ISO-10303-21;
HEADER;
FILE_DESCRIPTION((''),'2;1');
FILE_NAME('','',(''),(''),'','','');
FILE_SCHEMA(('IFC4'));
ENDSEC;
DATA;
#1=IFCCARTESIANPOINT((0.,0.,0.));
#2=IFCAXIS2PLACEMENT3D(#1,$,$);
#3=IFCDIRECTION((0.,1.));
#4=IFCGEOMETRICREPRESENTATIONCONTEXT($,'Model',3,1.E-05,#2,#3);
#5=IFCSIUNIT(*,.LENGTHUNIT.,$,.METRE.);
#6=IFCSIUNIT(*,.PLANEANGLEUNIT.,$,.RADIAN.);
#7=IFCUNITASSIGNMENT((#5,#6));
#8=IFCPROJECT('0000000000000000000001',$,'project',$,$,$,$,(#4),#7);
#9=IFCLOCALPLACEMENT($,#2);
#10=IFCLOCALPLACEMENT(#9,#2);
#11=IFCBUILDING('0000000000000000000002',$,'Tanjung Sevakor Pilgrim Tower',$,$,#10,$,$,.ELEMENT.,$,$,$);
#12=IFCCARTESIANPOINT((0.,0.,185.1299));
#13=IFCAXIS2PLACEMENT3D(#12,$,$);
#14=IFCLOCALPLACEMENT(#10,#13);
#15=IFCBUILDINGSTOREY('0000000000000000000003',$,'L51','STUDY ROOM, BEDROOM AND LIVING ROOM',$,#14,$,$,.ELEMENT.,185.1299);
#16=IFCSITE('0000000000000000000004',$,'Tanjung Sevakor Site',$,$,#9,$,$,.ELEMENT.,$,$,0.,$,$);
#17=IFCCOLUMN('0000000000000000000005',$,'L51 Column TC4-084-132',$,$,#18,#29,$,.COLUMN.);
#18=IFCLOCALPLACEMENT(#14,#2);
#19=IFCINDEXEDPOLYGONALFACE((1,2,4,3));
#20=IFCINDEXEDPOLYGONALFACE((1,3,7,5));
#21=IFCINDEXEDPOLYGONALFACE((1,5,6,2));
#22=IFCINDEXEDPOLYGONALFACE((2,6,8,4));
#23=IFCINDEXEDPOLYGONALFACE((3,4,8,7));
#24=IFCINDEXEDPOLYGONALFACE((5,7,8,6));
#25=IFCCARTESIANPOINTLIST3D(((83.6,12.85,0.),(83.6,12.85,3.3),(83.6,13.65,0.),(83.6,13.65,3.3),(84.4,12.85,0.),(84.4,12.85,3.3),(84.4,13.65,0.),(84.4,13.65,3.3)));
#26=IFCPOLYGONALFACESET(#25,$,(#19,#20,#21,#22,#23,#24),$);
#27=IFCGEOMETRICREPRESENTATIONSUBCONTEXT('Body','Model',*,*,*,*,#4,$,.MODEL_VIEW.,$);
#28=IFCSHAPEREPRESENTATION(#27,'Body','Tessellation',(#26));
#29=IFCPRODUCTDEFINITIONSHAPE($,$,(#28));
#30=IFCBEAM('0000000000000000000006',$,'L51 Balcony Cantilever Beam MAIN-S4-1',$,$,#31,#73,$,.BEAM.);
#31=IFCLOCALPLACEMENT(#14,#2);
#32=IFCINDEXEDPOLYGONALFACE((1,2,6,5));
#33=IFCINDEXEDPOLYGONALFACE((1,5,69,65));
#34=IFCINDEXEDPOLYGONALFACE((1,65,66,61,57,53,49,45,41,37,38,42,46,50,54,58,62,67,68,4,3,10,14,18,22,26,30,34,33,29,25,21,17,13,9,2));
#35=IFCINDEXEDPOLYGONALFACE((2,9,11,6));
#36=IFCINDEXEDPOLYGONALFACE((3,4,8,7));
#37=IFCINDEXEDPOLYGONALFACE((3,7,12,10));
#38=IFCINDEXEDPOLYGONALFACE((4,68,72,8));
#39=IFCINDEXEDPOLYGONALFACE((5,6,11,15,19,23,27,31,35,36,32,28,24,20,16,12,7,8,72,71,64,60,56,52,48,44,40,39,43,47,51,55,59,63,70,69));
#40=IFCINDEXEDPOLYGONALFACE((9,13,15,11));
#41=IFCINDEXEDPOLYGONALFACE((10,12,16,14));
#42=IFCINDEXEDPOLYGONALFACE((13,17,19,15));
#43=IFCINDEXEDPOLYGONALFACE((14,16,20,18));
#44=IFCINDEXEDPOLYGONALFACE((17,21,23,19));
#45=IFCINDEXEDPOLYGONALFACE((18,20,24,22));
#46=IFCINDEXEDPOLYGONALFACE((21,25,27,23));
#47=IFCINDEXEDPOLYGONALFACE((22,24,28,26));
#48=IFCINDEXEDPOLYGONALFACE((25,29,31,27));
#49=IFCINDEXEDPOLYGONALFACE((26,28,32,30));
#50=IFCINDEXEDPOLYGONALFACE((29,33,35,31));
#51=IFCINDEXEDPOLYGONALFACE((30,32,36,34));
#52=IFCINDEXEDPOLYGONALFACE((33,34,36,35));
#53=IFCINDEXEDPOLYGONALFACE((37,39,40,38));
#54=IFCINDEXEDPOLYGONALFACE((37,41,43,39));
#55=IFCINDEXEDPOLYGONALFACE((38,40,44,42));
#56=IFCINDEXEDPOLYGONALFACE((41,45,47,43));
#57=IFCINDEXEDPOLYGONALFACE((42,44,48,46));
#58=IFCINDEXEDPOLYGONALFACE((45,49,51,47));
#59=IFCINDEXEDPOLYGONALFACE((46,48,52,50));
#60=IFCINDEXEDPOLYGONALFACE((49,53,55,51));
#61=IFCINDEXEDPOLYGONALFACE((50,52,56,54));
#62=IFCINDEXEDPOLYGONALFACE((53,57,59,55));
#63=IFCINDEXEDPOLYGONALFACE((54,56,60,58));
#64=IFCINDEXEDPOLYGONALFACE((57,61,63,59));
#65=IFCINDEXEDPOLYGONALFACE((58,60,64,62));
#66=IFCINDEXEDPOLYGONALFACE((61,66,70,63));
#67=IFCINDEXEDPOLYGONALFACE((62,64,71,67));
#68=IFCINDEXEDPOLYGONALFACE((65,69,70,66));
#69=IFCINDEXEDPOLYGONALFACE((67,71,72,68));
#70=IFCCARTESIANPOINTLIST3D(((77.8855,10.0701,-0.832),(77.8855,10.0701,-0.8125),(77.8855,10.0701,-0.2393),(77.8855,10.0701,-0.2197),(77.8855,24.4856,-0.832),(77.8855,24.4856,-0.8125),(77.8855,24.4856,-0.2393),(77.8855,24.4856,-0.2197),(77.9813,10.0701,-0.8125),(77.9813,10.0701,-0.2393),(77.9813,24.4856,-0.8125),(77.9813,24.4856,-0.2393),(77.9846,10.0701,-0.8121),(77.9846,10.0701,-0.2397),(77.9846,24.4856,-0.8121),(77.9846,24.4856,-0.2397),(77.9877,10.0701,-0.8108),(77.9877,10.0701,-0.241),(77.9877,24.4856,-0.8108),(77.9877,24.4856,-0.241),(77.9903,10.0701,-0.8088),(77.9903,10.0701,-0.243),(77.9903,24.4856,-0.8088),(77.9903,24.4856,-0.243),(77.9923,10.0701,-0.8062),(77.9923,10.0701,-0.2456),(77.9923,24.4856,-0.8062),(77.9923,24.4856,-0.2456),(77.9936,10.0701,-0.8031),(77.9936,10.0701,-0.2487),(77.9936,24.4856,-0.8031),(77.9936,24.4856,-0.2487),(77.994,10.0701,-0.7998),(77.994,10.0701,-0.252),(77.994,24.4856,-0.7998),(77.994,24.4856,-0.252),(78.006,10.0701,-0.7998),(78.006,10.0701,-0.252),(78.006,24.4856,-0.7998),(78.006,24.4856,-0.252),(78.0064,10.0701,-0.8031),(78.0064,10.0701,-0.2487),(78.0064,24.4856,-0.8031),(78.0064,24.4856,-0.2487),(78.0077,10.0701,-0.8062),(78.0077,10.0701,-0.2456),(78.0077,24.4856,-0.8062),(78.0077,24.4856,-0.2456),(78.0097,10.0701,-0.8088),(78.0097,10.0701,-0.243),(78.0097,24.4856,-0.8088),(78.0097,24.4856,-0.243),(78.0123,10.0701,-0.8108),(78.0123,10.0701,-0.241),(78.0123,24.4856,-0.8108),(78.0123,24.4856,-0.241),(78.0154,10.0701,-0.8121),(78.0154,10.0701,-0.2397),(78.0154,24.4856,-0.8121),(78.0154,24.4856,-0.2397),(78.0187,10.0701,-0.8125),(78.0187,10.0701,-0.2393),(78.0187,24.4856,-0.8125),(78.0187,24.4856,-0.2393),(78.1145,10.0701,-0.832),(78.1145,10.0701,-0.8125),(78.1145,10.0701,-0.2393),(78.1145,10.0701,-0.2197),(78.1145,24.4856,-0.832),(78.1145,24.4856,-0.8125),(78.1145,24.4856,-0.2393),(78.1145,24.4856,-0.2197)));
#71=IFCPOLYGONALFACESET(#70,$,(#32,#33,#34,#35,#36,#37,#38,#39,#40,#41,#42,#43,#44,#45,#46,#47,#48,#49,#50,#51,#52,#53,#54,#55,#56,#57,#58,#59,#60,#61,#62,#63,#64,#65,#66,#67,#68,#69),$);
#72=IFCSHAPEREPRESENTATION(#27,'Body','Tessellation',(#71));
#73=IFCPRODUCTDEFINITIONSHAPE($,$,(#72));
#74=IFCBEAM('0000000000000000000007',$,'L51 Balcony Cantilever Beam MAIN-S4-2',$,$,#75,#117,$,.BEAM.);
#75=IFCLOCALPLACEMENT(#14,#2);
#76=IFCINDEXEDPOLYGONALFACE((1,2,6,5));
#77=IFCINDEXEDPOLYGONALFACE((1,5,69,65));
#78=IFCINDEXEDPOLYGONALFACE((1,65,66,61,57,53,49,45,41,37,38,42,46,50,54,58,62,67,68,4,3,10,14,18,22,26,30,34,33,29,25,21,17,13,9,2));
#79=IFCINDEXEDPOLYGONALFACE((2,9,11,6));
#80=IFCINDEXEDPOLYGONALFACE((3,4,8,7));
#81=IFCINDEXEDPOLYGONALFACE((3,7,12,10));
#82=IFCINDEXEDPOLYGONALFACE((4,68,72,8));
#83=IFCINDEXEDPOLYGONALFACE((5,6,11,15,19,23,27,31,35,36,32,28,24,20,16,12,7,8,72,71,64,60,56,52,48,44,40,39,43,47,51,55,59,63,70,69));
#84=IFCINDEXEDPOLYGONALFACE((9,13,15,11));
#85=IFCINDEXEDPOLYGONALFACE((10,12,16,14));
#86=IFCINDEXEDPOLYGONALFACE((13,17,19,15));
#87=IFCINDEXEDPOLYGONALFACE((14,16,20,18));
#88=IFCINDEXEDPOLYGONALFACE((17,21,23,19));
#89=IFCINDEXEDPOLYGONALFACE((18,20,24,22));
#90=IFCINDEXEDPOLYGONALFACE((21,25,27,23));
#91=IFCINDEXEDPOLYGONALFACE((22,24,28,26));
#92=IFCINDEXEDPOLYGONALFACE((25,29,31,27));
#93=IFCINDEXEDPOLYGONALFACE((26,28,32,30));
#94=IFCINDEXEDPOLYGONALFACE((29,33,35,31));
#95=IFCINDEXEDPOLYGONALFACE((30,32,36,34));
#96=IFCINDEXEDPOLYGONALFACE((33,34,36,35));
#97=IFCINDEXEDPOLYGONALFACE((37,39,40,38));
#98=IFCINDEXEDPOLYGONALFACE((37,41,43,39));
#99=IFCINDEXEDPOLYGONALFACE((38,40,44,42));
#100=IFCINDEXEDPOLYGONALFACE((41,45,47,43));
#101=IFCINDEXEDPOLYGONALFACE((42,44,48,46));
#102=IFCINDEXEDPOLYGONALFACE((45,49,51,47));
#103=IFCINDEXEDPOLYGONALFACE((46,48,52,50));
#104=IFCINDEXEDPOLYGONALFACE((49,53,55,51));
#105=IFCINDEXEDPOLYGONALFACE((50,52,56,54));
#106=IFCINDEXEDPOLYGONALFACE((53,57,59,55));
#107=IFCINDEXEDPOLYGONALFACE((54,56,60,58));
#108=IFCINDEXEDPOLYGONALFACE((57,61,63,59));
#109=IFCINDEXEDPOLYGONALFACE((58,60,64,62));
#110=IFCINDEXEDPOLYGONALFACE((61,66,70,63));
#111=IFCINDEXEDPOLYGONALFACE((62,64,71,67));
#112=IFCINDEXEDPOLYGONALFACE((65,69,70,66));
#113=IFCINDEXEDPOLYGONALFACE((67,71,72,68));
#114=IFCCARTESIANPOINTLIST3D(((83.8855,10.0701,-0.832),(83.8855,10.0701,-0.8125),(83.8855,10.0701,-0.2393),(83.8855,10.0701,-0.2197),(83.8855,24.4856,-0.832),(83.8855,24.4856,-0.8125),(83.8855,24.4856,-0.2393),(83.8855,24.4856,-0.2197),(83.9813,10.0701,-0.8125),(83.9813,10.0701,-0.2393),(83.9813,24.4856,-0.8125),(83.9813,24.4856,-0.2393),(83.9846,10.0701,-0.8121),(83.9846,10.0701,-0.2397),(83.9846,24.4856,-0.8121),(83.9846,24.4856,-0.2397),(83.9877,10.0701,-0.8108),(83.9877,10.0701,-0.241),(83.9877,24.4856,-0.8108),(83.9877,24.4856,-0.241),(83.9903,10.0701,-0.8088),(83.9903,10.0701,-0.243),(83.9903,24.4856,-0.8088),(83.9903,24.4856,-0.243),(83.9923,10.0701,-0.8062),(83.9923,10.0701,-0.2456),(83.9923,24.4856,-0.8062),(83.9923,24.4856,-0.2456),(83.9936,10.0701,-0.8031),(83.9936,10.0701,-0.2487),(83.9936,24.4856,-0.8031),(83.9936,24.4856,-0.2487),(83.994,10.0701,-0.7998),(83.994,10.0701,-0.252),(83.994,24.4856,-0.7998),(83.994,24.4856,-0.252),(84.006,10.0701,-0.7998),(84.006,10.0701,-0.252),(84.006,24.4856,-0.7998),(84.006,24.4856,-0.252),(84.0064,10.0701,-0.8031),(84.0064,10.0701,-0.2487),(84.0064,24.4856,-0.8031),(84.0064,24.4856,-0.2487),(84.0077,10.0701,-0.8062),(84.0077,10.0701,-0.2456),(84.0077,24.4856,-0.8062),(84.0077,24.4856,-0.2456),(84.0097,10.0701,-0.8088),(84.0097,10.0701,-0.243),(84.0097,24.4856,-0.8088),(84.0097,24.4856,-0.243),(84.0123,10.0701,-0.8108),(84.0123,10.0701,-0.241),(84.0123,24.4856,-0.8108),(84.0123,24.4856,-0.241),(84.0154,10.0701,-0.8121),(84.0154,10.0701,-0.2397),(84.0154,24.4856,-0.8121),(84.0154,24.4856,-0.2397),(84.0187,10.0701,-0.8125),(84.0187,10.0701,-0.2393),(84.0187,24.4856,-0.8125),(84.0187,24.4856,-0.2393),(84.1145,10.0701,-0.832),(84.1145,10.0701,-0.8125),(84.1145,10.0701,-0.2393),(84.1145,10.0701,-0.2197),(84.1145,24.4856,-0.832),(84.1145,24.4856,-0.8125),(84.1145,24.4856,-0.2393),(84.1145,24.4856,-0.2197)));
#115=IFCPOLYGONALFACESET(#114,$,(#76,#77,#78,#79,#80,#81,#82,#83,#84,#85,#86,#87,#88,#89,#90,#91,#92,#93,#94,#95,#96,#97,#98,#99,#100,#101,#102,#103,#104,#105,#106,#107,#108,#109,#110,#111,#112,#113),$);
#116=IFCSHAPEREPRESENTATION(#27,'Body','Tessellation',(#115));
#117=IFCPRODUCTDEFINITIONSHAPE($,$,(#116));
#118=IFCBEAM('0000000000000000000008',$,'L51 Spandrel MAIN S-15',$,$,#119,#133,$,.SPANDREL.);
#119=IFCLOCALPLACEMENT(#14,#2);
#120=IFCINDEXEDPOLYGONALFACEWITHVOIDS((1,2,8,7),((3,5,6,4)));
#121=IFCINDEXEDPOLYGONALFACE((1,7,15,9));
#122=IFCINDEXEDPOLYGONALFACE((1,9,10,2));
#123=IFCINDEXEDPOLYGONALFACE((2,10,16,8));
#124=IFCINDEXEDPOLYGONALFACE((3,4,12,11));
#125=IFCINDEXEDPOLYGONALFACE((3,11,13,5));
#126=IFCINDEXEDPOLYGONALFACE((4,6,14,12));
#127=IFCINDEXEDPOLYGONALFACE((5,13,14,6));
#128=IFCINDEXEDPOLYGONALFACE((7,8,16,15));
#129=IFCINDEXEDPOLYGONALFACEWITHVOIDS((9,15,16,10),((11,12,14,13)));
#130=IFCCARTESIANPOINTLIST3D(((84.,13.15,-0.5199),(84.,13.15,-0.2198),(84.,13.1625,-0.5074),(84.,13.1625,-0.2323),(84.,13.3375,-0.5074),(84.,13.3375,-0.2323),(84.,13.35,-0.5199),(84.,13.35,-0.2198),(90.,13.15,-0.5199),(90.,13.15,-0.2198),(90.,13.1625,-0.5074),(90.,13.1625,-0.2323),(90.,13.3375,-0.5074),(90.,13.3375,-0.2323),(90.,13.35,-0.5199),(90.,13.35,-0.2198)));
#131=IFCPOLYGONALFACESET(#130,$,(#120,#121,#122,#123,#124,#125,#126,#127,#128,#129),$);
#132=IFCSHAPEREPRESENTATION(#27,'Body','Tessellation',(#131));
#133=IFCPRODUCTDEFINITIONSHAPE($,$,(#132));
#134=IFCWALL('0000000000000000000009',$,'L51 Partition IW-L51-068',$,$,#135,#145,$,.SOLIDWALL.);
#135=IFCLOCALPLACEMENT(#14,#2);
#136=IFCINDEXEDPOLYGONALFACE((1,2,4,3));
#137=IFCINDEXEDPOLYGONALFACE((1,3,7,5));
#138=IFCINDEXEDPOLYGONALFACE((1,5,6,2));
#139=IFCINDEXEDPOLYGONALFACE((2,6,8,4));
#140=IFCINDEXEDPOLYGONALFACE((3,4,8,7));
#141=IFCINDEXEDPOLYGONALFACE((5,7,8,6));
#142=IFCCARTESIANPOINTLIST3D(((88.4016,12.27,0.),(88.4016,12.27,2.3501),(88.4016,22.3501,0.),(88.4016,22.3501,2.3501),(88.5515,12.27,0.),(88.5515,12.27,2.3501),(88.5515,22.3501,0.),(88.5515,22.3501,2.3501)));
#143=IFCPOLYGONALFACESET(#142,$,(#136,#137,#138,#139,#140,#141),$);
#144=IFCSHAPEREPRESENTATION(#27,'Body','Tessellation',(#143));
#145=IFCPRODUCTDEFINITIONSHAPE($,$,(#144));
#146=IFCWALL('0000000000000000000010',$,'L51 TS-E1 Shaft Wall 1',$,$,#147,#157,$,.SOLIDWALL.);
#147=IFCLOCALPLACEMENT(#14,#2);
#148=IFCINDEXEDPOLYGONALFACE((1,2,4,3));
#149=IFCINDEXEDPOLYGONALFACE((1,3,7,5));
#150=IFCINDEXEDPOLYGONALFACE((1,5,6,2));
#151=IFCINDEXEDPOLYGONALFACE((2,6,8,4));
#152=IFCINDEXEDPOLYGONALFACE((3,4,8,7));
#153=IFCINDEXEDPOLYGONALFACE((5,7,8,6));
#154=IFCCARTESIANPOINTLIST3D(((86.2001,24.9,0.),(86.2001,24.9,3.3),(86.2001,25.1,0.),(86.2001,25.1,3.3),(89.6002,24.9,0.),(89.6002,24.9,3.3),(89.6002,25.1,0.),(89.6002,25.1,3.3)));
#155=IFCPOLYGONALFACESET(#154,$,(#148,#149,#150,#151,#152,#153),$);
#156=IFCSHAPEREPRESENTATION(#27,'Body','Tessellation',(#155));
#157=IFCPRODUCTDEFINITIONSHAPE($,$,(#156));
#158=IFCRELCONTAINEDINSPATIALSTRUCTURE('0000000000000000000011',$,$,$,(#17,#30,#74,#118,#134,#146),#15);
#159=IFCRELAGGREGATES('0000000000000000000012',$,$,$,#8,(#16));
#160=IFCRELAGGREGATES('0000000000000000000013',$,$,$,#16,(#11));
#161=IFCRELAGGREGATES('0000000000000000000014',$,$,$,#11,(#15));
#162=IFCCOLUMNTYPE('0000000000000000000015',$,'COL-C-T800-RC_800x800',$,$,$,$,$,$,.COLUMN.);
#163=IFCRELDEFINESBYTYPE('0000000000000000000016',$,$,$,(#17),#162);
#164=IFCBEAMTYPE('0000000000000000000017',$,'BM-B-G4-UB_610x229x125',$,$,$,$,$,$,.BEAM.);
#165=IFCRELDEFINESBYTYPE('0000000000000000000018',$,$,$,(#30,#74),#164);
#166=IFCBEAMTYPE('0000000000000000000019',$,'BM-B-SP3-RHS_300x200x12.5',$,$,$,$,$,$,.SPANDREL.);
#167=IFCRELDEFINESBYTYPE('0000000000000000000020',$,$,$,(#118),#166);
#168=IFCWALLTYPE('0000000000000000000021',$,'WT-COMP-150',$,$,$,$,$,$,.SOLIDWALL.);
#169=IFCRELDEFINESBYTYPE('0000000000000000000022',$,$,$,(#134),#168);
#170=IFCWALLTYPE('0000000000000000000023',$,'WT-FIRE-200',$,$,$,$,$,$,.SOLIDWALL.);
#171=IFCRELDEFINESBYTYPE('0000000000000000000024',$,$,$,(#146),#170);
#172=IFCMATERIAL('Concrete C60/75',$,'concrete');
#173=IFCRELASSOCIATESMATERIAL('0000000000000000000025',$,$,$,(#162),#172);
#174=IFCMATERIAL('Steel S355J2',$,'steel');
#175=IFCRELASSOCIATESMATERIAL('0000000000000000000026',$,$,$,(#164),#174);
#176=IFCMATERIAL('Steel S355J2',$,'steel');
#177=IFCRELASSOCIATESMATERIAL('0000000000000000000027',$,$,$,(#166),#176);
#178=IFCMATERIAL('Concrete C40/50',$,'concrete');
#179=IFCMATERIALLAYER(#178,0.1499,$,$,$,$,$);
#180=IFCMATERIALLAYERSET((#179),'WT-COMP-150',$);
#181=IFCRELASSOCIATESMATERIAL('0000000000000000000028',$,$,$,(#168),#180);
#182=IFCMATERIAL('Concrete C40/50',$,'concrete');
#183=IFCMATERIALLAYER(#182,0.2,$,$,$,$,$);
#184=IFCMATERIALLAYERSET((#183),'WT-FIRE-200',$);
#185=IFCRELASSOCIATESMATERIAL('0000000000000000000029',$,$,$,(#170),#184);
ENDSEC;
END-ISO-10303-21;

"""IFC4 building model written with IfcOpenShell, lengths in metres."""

from ifc_helpers import new_model, si_unit, direction, frame, frame_2d, origin, origin_2d, place, context, subcontext, project, spatial, rectangle, hollow_rectangle, i_section, extrude, material, layer, layer_set, material_profile, profile_set, type_object, element, save


model = new_model("IFC4")

# Units and contexts
model_context = context("Model", 3, precision=1e-05, world=origin(), true_north=direction((0.0, 1.0)))
body_context = subcontext(model_context, "Body", "Model", "MODEL_VIEW")
ifc_project = project(units=[si_unit("LENGTHUNIT", "METRE"), si_unit("PLANEANGLEUNIT", "RADIAN")], contexts=[model_context])

# Site, building, storey
site_placement = place(None, origin())
site = spatial("IfcSite", under=ifc_project, at=site_placement, Name="Tanjung Sevakor Site", CompositionType="ELEMENT", RefElevation=0.0)
building_placement = place(site_placement, origin())
building = spatial("IfcBuilding", under=site, at=building_placement, Name="Tanjung Sevakor Pilgrim Tower", CompositionType="ELEMENT")
storey_placement = place(building_placement, frame((0.0, 0.0, 185.1299)))
storey = spatial("IfcBuildingStorey", under=building, at=storey_placement, Name="L51", Description="STUDY ROOM, BEDROOM AND LIVING ROOM", CompositionType="ELEMENT", Elevation=185.1299)

# Column
ifc_material_1 = material(Name="Concrete C60/75", Category="concrete")
ifc_material_profile_1 = material_profile(ifc_material_1, rectangle(XDim=0.8, YDim=0.8, at=origin_2d()))
ifc_profile_set_1 = profile_set([ifc_material_profile_1], Name="Concrete C60/75")
column_type = type_object("IfcColumnType", Name="COL-C-T800-RC_800x800", PredefinedType="COLUMN", material=ifc_profile_set_1)
column_placement = place(storey_placement, frame((84.0, 13.25, 0.0), z_axis=(0.0, 0.0, 1.0), x_axis=(1.0, 0.0, 0.0)))
element("IfcColumn", 1, at=column_placement, inside=storey, type_object=column_type, Name="L51 Column TC4-084-132", PredefinedType="COLUMN", context=body_context, shape_type="SweptSolid", body=[
    extrude(rectangle(XDim=0.8, YDim=0.8, at=origin_2d()), origin(), (0.0, 0.0, 1.0), 3.3),
])

# Beams
ifc_material_2 = material(Name="Steel S355J2", Category="steel")
ifc_material_profile_2 = material_profile(ifc_material_2, i_section(OverallWidth=0.229, OverallDepth=0.6123, WebThickness=0.012, FlangeThickness=0.0195, FilletRadius=0.0127, at=origin_2d()))
ifc_profile_set_2 = profile_set([ifc_material_profile_2], Name="Steel S355J2")
beam_type_1 = type_object("IfcBeamType", Name="BM-B-G4-UB_610x229x125", PredefinedType="BEAM", material=ifc_profile_set_2)
for number, where, z_axis, x_axis, name in (
    (2, (78.0, 24.4856, -0.5259), (0.0, -1.0, 0.0), (1.0, 0.0, 0.0), "L51 Balcony Cantilever Beam MAIN-S4-1"),
    (3, (84.0, 24.4856, -0.5259), (0.0, -1.0, 0.0), (1.0, 0.0, 0.0), "L51 Balcony Cantilever Beam MAIN-S4-2"),
):
    element("IfcBeam", number, at=place(storey_placement, frame(where, z_axis=z_axis, x_axis=x_axis)), inside=storey, type_object=beam_type_1, Name=name, PredefinedType="BEAM", context=body_context, shape_type="SweptSolid", body=[
        extrude(i_section(OverallWidth=0.229, OverallDepth=0.6123, WebThickness=0.012, FlangeThickness=0.0195, FilletRadius=0.0127, at=origin_2d()), origin(), (0.0, 0.0, 1.0), 14.4155),
    ])
ifc_material_3 = material(Name="Steel S355J2", Category="steel")
ifc_material_profile_3 = material_profile(ifc_material_3, hollow_rectangle(XDim=0.2, YDim=0.3, WallThickness=0.0125, at=origin_2d()))
ifc_profile_set_3 = profile_set([ifc_material_profile_3], Name="Steel S355J2")
beam_type_2 = type_object("IfcBeamType", Name="BM-B-SP3-RHS_300x200x12.5", PredefinedType="SPANDREL", material=ifc_profile_set_3)
beam_placement = place(storey_placement, frame((84.0, 13.25, -0.3699), z_axis=(1.0, 0.0, 0.0), x_axis=(0.0, 1.0, 0.0)))
element("IfcBeam", 4, at=beam_placement, inside=storey, type_object=beam_type_2, Name="L51 Spandrel MAIN S-15", PredefinedType="SPANDREL", context=body_context, shape_type="SweptSolid", body=[
    extrude(hollow_rectangle(XDim=0.2, YDim=0.3, WallThickness=0.0125, at=origin_2d()), origin(), (0.0, 0.0, 1.0), 6.0),
])

# Walls
ifc_material_4 = material(Name="Concrete C40/50", Category="concrete")
ifc_layer_1 = layer(ifc_material_4, 0.1499)
ifc_layer_set_1 = layer_set([ifc_layer_1], Name="WT-COMP-150")
wall_type_1 = type_object("IfcWallType", Name="WT-COMP-150", PredefinedType="SOLIDWALL", material=ifc_layer_set_1)
wall_1_placement = place(storey_placement, frame((88.4766, 12.27, 0.0), z_axis=(0.0, 0.0, 1.0), x_axis=(0.0, 1.0, 0.0)))
element("IfcWall", 5, at=wall_1_placement, inside=storey, type_object=wall_type_1, Name="L51 Partition IW-L51-068", PredefinedType="SOLIDWALL", context=body_context, shape_type="SweptSolid", body=[
    extrude(rectangle(XDim=10.0801, YDim=0.1499, at=frame_2d((5.04, 0.0))), origin(), (0.0, 0.0, 1.0), 2.3501),
])
ifc_material_5 = material(Name="Concrete C40/50", Category="concrete")
ifc_layer_2 = layer(ifc_material_5, 0.2)
ifc_layer_set_2 = layer_set([ifc_layer_2], Name="WT-FIRE-200")
wall_type_2 = type_object("IfcWallType", Name="WT-FIRE-200", PredefinedType="SOLIDWALL", material=ifc_layer_set_2)
wall_2_placement = place(storey_placement, frame((86.2, 25.0, 0.0), z_axis=(0.0, 0.0, 1.0), x_axis=(1.0, 0.0, 0.0)))
element("IfcWall", 6, at=wall_2_placement, inside=storey, type_object=wall_type_2, Name="L51 TS-E1 Shaft Wall 1", PredefinedType="SOLIDWALL", context=body_context, shape_type="SweptSolid", body=[
    extrude(rectangle(XDim=3.4001, YDim=0.2, at=frame_2d((1.7002, 0.0))), origin(), (0.0, 0.0, 1.0), 3.3),
])

save(model, "model.ifc")
